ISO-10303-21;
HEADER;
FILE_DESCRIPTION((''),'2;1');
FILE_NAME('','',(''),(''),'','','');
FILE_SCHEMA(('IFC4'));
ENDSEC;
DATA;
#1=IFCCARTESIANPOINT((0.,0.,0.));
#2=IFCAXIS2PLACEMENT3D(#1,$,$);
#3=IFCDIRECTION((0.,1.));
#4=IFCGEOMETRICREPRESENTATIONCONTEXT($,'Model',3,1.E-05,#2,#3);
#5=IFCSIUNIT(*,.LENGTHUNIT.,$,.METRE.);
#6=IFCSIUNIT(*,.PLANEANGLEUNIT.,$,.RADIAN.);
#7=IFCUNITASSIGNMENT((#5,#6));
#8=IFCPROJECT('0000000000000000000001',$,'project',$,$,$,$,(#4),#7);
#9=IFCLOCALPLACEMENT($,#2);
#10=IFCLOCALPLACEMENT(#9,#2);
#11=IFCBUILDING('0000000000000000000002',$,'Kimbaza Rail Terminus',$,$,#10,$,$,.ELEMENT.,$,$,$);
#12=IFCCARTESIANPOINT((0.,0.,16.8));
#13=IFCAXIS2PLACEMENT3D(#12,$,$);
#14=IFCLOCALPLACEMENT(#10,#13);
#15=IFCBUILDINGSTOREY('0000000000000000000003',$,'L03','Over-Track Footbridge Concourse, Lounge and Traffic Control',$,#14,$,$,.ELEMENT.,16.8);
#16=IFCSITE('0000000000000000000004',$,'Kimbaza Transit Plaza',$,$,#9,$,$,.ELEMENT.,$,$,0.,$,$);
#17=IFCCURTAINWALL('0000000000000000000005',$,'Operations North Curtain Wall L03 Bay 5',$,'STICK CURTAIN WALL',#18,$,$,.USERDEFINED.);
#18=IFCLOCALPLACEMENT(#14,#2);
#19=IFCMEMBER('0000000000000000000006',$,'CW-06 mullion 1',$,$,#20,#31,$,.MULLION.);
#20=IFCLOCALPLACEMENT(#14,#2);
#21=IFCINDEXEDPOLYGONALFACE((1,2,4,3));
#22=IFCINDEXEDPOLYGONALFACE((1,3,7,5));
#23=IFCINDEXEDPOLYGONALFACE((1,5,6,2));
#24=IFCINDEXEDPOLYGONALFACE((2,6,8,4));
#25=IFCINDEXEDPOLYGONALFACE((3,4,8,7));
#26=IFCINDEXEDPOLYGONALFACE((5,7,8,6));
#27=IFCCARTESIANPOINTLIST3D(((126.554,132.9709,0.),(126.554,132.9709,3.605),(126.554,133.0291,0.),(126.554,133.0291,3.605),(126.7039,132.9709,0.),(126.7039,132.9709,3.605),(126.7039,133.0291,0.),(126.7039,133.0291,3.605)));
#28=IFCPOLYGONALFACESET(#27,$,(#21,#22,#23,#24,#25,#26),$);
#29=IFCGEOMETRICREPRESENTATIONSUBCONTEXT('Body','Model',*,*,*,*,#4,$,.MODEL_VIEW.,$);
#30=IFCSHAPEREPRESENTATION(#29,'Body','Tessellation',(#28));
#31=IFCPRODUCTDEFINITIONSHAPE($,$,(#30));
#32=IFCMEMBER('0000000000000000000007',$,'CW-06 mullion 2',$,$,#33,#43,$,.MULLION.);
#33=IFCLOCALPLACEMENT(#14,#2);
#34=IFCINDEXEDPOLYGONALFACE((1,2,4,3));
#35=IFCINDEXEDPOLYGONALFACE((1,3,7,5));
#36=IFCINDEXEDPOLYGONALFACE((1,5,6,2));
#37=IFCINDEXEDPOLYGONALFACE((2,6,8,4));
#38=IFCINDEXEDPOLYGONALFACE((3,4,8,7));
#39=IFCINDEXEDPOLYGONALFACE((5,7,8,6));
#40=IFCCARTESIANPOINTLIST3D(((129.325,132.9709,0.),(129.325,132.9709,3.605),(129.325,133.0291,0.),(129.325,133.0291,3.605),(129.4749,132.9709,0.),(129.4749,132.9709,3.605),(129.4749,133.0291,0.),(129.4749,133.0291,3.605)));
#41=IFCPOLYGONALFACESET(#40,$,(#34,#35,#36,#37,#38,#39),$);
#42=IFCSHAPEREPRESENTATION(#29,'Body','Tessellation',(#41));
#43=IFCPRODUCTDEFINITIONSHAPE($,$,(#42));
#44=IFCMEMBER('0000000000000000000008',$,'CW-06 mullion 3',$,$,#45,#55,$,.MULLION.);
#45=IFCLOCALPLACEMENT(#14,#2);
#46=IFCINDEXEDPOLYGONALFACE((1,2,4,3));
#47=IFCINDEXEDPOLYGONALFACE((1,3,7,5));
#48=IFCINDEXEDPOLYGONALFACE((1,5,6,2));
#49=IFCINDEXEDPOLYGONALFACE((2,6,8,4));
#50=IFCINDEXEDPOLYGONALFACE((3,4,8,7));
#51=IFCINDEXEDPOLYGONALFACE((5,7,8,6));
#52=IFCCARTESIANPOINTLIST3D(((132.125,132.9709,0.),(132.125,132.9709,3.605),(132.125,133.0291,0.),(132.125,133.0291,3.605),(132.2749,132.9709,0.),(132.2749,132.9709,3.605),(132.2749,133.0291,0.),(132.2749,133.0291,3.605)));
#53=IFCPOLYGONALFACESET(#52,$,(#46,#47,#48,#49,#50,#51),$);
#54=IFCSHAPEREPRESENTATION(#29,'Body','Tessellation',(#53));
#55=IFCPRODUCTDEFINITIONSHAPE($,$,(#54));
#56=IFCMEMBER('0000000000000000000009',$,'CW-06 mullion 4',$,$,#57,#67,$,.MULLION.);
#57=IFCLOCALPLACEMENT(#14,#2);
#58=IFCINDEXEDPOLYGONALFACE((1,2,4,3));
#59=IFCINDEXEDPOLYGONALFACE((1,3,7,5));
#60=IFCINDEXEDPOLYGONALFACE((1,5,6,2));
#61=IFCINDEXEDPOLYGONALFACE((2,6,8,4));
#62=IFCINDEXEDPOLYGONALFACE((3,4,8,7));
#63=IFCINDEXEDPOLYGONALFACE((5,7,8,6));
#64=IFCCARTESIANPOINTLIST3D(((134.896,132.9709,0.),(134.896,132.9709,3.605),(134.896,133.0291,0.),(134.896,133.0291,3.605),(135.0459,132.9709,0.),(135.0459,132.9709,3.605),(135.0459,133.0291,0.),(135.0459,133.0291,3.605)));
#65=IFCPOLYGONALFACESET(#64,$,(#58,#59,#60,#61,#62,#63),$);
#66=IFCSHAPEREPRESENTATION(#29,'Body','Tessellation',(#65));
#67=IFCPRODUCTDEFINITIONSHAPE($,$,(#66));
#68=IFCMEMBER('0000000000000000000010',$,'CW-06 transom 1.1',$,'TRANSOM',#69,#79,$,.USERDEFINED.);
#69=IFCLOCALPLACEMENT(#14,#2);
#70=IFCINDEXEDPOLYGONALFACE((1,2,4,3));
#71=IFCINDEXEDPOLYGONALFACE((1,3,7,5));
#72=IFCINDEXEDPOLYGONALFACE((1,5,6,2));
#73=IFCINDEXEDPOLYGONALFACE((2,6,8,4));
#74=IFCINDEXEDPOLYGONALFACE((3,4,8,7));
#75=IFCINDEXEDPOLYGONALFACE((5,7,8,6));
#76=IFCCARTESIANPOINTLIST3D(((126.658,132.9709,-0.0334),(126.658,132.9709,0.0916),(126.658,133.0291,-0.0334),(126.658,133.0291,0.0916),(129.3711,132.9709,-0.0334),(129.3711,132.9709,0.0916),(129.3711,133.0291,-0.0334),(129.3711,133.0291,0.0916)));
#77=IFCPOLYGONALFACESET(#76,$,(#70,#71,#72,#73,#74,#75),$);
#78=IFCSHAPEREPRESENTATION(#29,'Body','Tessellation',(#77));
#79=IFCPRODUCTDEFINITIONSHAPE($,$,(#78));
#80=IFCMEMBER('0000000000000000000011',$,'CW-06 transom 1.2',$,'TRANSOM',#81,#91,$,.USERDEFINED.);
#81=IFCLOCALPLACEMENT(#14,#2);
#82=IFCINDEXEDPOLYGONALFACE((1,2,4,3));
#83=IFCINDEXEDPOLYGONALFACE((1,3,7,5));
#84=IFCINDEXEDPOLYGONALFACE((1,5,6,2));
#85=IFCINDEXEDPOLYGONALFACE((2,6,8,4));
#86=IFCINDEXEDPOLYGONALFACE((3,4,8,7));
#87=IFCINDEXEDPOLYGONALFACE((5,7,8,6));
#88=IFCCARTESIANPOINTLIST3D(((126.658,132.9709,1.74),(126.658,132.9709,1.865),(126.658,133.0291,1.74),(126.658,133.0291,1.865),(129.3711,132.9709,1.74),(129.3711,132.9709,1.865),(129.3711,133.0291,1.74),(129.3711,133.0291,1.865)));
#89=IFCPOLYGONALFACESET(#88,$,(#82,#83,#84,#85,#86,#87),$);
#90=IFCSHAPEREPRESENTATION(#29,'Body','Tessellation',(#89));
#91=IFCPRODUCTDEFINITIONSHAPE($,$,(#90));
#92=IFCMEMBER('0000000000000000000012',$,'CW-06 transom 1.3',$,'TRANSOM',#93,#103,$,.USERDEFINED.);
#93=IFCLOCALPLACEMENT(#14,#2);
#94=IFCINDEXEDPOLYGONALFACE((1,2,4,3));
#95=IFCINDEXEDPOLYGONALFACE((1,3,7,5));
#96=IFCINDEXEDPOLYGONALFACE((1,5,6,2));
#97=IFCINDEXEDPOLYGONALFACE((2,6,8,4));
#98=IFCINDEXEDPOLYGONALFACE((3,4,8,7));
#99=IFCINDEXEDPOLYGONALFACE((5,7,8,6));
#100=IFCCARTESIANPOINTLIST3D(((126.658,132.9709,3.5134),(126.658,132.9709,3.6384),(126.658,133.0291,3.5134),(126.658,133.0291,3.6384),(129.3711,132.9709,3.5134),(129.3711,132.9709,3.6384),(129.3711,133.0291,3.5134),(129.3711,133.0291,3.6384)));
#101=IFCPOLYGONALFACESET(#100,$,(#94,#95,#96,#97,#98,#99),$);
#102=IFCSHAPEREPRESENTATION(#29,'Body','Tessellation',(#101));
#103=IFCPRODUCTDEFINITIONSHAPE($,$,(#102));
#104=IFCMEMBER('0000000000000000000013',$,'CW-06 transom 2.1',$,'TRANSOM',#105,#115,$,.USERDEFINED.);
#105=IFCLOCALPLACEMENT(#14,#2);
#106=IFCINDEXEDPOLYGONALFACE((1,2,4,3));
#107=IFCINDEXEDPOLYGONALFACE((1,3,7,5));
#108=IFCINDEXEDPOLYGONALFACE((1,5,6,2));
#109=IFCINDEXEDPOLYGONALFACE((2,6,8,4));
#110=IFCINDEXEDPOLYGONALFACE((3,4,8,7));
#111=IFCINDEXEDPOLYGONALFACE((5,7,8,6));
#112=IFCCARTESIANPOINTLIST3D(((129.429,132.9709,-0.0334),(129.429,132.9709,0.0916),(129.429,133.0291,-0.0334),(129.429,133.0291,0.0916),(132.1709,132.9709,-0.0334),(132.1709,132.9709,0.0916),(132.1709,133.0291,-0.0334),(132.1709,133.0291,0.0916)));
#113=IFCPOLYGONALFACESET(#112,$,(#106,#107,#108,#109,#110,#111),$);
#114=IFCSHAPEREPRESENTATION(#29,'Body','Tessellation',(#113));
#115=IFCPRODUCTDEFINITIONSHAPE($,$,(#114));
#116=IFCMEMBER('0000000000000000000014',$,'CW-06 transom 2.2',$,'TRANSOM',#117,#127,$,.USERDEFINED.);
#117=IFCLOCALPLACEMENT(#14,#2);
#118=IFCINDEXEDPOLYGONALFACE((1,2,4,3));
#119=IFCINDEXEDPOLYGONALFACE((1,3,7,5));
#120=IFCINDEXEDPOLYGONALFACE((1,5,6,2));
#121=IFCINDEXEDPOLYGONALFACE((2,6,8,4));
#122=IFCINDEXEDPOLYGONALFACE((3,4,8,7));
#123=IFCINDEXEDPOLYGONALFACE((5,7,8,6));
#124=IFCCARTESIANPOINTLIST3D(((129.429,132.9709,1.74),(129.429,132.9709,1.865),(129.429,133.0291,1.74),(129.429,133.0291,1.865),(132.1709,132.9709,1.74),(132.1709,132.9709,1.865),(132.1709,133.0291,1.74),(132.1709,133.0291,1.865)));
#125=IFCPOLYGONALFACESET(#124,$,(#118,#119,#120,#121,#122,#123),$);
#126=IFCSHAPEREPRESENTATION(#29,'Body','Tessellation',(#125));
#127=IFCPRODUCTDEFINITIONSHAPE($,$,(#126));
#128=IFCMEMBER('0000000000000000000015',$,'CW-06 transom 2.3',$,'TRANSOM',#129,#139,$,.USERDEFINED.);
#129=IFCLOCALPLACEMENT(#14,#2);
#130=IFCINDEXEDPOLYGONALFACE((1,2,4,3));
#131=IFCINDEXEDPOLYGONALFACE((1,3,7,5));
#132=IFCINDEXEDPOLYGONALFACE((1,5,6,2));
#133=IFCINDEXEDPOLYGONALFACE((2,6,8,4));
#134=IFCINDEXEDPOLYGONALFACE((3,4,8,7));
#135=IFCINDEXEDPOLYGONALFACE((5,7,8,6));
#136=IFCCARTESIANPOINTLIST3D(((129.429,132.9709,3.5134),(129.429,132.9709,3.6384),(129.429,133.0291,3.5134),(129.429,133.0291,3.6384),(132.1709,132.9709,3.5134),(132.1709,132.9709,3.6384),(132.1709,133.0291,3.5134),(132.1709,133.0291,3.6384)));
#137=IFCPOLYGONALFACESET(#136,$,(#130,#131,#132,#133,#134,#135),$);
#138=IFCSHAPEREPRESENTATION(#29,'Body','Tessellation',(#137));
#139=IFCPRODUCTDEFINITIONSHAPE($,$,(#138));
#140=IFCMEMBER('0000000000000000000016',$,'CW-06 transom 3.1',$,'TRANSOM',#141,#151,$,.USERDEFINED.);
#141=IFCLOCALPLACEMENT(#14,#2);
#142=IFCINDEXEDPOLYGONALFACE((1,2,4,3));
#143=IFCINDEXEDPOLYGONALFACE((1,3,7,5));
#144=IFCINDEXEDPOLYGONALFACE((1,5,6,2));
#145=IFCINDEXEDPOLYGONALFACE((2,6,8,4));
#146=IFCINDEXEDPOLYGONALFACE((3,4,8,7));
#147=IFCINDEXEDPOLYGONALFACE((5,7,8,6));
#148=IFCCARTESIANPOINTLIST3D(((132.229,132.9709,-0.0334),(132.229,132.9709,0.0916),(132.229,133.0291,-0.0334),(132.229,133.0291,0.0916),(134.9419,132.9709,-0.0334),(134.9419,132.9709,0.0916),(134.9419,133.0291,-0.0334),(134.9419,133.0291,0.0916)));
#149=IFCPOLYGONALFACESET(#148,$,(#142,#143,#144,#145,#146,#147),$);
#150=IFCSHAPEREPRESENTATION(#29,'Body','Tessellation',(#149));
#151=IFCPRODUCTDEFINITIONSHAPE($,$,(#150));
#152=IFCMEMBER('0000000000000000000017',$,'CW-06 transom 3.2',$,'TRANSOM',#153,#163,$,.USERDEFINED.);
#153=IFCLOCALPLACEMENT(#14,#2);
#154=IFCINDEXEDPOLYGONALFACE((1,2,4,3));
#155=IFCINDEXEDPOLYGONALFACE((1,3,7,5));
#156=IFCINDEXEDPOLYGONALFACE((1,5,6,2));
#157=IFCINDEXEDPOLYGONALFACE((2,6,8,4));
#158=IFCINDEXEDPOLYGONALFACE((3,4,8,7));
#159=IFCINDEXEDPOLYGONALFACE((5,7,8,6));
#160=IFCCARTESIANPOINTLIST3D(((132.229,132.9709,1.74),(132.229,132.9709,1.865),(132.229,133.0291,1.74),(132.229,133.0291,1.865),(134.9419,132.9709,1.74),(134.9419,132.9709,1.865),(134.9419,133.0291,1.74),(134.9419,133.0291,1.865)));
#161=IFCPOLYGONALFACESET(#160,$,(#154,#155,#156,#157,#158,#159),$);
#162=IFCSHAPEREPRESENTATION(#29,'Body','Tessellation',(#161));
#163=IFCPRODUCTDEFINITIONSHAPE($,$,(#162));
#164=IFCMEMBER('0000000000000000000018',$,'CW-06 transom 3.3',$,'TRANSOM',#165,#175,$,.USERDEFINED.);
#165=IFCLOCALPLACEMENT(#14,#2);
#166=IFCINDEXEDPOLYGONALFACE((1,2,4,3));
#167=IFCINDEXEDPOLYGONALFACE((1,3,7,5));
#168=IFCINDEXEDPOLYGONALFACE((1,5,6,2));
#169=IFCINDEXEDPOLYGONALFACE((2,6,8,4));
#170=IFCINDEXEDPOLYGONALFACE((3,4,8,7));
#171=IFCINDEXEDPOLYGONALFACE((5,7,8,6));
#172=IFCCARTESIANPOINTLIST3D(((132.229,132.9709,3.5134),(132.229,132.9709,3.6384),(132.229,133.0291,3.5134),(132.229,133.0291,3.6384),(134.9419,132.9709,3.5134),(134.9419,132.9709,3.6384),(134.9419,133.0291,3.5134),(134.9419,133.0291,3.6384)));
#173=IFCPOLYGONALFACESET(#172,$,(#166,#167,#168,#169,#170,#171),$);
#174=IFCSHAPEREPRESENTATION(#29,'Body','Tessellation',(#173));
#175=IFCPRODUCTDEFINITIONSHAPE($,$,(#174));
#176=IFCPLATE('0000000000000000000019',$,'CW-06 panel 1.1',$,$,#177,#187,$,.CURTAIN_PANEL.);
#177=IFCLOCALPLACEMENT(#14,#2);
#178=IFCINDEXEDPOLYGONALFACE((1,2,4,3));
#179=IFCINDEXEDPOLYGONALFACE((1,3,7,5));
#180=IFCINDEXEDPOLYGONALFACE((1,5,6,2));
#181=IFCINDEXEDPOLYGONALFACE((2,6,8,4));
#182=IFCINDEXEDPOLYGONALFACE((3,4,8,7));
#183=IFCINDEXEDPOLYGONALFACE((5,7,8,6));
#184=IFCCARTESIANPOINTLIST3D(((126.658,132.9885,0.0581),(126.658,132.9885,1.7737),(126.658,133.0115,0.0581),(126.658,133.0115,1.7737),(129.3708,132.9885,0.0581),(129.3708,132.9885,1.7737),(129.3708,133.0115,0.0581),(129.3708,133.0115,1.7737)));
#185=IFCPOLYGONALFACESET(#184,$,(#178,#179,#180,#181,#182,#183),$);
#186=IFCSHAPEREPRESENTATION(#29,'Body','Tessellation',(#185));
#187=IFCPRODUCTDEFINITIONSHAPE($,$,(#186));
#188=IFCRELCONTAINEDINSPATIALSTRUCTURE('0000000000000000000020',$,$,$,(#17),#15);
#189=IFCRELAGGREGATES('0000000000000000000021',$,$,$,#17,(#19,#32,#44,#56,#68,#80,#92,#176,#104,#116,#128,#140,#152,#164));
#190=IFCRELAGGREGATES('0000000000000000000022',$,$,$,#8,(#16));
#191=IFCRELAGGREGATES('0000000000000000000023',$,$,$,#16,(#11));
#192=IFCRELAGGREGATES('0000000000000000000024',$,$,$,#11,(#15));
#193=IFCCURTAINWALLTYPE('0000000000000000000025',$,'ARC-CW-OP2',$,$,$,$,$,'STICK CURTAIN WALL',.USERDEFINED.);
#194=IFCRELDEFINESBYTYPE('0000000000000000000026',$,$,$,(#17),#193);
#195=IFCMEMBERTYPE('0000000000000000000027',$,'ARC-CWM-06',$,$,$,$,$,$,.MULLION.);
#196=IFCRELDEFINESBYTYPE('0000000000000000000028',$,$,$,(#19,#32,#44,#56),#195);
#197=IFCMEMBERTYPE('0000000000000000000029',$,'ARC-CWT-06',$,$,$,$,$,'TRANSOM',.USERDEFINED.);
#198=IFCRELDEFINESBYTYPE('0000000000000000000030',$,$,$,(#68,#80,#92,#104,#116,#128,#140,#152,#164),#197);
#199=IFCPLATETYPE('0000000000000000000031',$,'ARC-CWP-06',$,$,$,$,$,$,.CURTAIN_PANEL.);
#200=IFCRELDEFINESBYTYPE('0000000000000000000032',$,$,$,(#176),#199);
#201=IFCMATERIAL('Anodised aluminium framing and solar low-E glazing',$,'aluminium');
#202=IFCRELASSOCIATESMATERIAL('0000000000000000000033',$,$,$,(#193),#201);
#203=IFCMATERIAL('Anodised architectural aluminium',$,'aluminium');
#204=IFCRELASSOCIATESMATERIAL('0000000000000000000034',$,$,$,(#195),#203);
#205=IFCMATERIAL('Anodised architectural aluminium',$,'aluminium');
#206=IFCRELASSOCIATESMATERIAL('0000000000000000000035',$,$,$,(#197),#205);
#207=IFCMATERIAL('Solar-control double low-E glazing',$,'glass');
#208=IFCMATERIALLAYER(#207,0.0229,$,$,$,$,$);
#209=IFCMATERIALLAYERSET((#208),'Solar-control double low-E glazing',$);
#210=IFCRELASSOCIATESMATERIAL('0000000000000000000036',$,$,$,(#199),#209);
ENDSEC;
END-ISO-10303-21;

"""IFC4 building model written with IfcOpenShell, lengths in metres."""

from ifc_helpers import new_model, si_unit, direction, frame, origin, origin_2d, place, context, subcontext, project, spatial, rectangle, extrude, material, layer, layer_set, material_profile, profile_set, type_object, element, aggregate, save


model = new_model("IFC4")

# Units and contexts
model_context = context("Model", 3, precision=1e-05, world=origin(), true_north=direction((0.0, 1.0)))
body_context = subcontext(model_context, "Body", "Model", "MODEL_VIEW")
ifc_project = project(units=[si_unit("LENGTHUNIT", "METRE"), si_unit("PLANEANGLEUNIT", "RADIAN")], contexts=[model_context])

# Site, building, storey
site_placement = place(None, origin())
site = spatial("IfcSite", under=ifc_project, at=site_placement, Name="Kimbaza Transit Plaza", CompositionType="ELEMENT", RefElevation=0.0)
building_placement = place(site_placement, origin())
building = spatial("IfcBuilding", under=site, at=building_placement, Name="Kimbaza Rail Terminus", CompositionType="ELEMENT")
storey_placement = place(building_placement, frame((0.0, 0.0, 16.8)))
storey = spatial("IfcBuildingStorey", under=building, at=storey_placement, Name="L03", Description="Over-Track Footbridge Concourse, Lounge and Traffic Control", CompositionType="ELEMENT", Elevation=16.8)

# Curtain wall, members, plate
ifc_material_1 = material(Name="Anodised aluminium framing and solar low-E glazing", Category="aluminium")
curtain_wall_type = type_object("IfcCurtainWallType", Name="ARC-CW-OP2", ElementType="STICK CURTAIN WALL", PredefinedType="USERDEFINED", material=ifc_material_1)
curtain_wall_placement = place(storey_placement, origin())
curtain_wall = element("IfcCurtainWall", 1, at=curtain_wall_placement, inside=storey, type_object=curtain_wall_type, Name="Operations North Curtain Wall L03 Bay 5", ObjectType="STICK CURTAIN WALL", PredefinedType="USERDEFINED")
ifc_material_2 = material(Name="Anodised architectural aluminium", Category="aluminium")
ifc_material_profile_1 = material_profile(ifc_material_2, rectangle(XDim=0.0581, YDim=0.1499, at=origin_2d()), Name="MULLION 58x150")
ifc_profile_set_1 = profile_set([ifc_material_profile_1], Name="Anodised architectural aluminium")
member_type_1 = type_object("IfcMemberType", Name="ARC-CWM-06", PredefinedType="MULLION", material=ifc_profile_set_1)
member_1_placement = place(storey_placement, frame((126.6289, 133.0, 0.0), z_axis=(0.0, 0.0, 1.0), x_axis=(0.0, 1.0, 0.0)))
member_1 = element("IfcMember", 2, at=member_1_placement, type_object=member_type_1, Name="CW-06 mullion 1", PredefinedType="MULLION", context=body_context, shape_type="SweptSolid", body=[
    extrude(rectangle(XDim=0.0581, YDim=0.1499, at=origin_2d()), origin(), (0.0, 0.0, 1.0), 3.605),
])
member_2_placement = place(storey_placement, frame((129.3999, 133.0, 0.0), z_axis=(0.0, 0.0, 1.0), x_axis=(0.0, 1.0, 0.0)))
member_2 = element("IfcMember", 3, at=member_2_placement, type_object=member_type_1, Name="CW-06 mullion 2", PredefinedType="MULLION", context=body_context, shape_type="SweptSolid", body=[
    extrude(rectangle(XDim=0.0581, YDim=0.1499, at=origin_2d()), origin(), (0.0, 0.0, 1.0), 3.605),
])
member_3_placement = place(storey_placement, frame((132.2, 133.0, 0.0), z_axis=(0.0, 0.0, 1.0), x_axis=(0.0, 1.0, 0.0)))
member_3 = element("IfcMember", 4, at=member_3_placement, type_object=member_type_1, Name="CW-06 mullion 3", PredefinedType="MULLION", context=body_context, shape_type="SweptSolid", body=[
    extrude(rectangle(XDim=0.0581, YDim=0.1499, at=origin_2d()), origin(), (0.0, 0.0, 1.0), 3.605),
])
member_4_placement = place(storey_placement, frame((134.9709, 133.0, 0.0), z_axis=(0.0, 0.0, 1.0), x_axis=(0.0, 1.0, 0.0)))
member_4 = element("IfcMember", 5, at=member_4_placement, type_object=member_type_1, Name="CW-06 mullion 4", PredefinedType="MULLION", context=body_context, shape_type="SweptSolid", body=[
    extrude(rectangle(XDim=0.0581, YDim=0.1499, at=origin_2d()), origin(), (0.0, 0.0, 1.0), 3.605),
])
ifc_material_3 = material(Name="Anodised architectural aluminium", Category="aluminium")
ifc_material_profile_2 = material_profile(ifc_material_3, rectangle(XDim=0.0581, YDim=0.125, at=origin_2d()), Name="TRANSOM 58x125")
ifc_profile_set_2 = profile_set([ifc_material_profile_2], Name="Anodised architectural aluminium")
member_type_2 = type_object("IfcMemberType", Name="ARC-CWT-06", ElementType="TRANSOM", PredefinedType="USERDEFINED", material=ifc_profile_set_2)
member_5_placement = place(storey_placement, frame((126.658, 133.0, 0.0291), z_axis=(1.0, 0.0, 0.0), x_axis=(0.0, 1.0, 0.0)))
member_5 = element("IfcMember", 6, at=member_5_placement, type_object=member_type_2, Name="CW-06 transom 1.1", ObjectType="TRANSOM", PredefinedType="USERDEFINED", context=body_context, shape_type="SweptSolid", body=[
    extrude(rectangle(XDim=0.0581, YDim=0.125, at=origin_2d()), origin(), (0.0, 0.0, 1.0), 2.7131),
])
member_6_placement = place(storey_placement, frame((126.658, 133.0, 1.8025), z_axis=(1.0, 0.0, 0.0), x_axis=(0.0, 1.0, 0.0)))
member_6 = element("IfcMember", 7, at=member_6_placement, type_object=member_type_2, Name="CW-06 transom 1.2", ObjectType="TRANSOM", PredefinedType="USERDEFINED", context=body_context, shape_type="SweptSolid", body=[
    extrude(rectangle(XDim=0.0581, YDim=0.125, at=origin_2d()), origin(), (0.0, 0.0, 1.0), 2.7131),
])
member_7_placement = place(storey_placement, frame((126.658, 133.0, 3.5759), z_axis=(1.0, 0.0, 0.0), x_axis=(0.0, 1.0, 0.0)))
member_7 = element("IfcMember", 8, at=member_7_placement, type_object=member_type_2, Name="CW-06 transom 1.3", ObjectType="TRANSOM", PredefinedType="USERDEFINED", context=body_context, shape_type="SweptSolid", body=[
    extrude(rectangle(XDim=0.0581, YDim=0.125, at=origin_2d()), origin(), (0.0, 0.0, 1.0), 2.7131),
])
member_8_placement = place(storey_placement, frame((129.429, 133.0, 0.0291), z_axis=(1.0, 0.0, 0.0), x_axis=(0.0, 1.0, 0.0)))
member_8 = element("IfcMember", 9, at=member_8_placement, type_object=member_type_2, Name="CW-06 transom 2.1", ObjectType="TRANSOM", PredefinedType="USERDEFINED", context=body_context, shape_type="SweptSolid", body=[
    extrude(rectangle(XDim=0.0581, YDim=0.125, at=origin_2d()), origin(), (0.0, 0.0, 1.0), 2.7419),
])
member_9_placement = place(storey_placement, frame((129.429, 133.0, 1.8025), z_axis=(1.0, 0.0, 0.0), x_axis=(0.0, 1.0, 0.0)))
member_9 = element("IfcMember", 10, at=member_9_placement, type_object=member_type_2, Name="CW-06 transom 2.2", ObjectType="TRANSOM", PredefinedType="USERDEFINED", context=body_context, shape_type="SweptSolid", body=[
    extrude(rectangle(XDim=0.0581, YDim=0.125, at=origin_2d()), origin(), (0.0, 0.0, 1.0), 2.7419),
])
member_10_placement = place(storey_placement, frame((129.429, 133.0, 3.5759), z_axis=(1.0, 0.0, 0.0), x_axis=(0.0, 1.0, 0.0)))
member_10 = element("IfcMember", 11, at=member_10_placement, type_object=member_type_2, Name="CW-06 transom 2.3", ObjectType="TRANSOM", PredefinedType="USERDEFINED", context=body_context, shape_type="SweptSolid", body=[
    extrude(rectangle(XDim=0.0581, YDim=0.125, at=origin_2d()), origin(), (0.0, 0.0, 1.0), 2.7419),
])
member_11_placement = place(storey_placement, frame((132.229, 133.0, 0.0291), z_axis=(1.0, 0.0, 0.0), x_axis=(0.0, 1.0, 0.0)))
member_11 = element("IfcMember", 12, at=member_11_placement, type_object=member_type_2, Name="CW-06 transom 3.1", ObjectType="TRANSOM", PredefinedType="USERDEFINED", context=body_context, shape_type="SweptSolid", body=[
    extrude(rectangle(XDim=0.0581, YDim=0.125, at=origin_2d()), origin(), (0.0, 0.0, 1.0), 2.7129),
])
member_12_placement = place(storey_placement, frame((132.229, 133.0, 1.8025), z_axis=(1.0, 0.0, 0.0), x_axis=(0.0, 1.0, 0.0)))
member_12 = element("IfcMember", 13, at=member_12_placement, type_object=member_type_2, Name="CW-06 transom 3.2", ObjectType="TRANSOM", PredefinedType="USERDEFINED", context=body_context, shape_type="SweptSolid", body=[
    extrude(rectangle(XDim=0.0581, YDim=0.125, at=origin_2d()), origin(), (0.0, 0.0, 1.0), 2.7129),
])
member_13_placement = place(storey_placement, frame((132.229, 133.0, 3.5759), z_axis=(1.0, 0.0, 0.0), x_axis=(0.0, 1.0, 0.0)))
member_13 = element("IfcMember", 14, at=member_13_placement, type_object=member_type_2, Name="CW-06 transom 3.3", ObjectType="TRANSOM", PredefinedType="USERDEFINED", context=body_context, shape_type="SweptSolid", body=[
    extrude(rectangle(XDim=0.0581, YDim=0.125, at=origin_2d()), origin(), (0.0, 0.0, 1.0), 2.7129),
])
ifc_material_4 = material(Name="Solar-control double low-E glazing", Category="glass")
ifc_layer_1 = layer(ifc_material_4, 0.0229)
ifc_layer_set_1 = layer_set([ifc_layer_1], Name="Solar-control double low-E glazing")
plate_type = type_object("IfcPlateType", Name="ARC-CWP-06", PredefinedType="CURTAIN_PANEL", material=ifc_layer_set_1)
plate_1_placement = place(storey_placement, frame((128.0144, 133.0, 0.0581), z_axis=(0.0, 0.0, 1.0), x_axis=(1.0, 0.0, 0.0)))
plate_1 = element("IfcPlate", 15, at=plate_1_placement, type_object=plate_type, Name="CW-06 panel 1.1", PredefinedType="CURTAIN_PANEL", context=body_context, shape_type="SweptSolid", body=[
    extrude(rectangle(XDim=2.7129, YDim=0.0229, at=origin_2d()), origin(), (0.0, 0.0, 1.0), 1.7156),
])
aggregate(curtain_wall, [member_1, member_2, member_3, member_4, member_5, member_6, member_7, plate_1, member_8, member_9, member_10, member_11, member_12, member_13])

save(model, "model.ifc")
